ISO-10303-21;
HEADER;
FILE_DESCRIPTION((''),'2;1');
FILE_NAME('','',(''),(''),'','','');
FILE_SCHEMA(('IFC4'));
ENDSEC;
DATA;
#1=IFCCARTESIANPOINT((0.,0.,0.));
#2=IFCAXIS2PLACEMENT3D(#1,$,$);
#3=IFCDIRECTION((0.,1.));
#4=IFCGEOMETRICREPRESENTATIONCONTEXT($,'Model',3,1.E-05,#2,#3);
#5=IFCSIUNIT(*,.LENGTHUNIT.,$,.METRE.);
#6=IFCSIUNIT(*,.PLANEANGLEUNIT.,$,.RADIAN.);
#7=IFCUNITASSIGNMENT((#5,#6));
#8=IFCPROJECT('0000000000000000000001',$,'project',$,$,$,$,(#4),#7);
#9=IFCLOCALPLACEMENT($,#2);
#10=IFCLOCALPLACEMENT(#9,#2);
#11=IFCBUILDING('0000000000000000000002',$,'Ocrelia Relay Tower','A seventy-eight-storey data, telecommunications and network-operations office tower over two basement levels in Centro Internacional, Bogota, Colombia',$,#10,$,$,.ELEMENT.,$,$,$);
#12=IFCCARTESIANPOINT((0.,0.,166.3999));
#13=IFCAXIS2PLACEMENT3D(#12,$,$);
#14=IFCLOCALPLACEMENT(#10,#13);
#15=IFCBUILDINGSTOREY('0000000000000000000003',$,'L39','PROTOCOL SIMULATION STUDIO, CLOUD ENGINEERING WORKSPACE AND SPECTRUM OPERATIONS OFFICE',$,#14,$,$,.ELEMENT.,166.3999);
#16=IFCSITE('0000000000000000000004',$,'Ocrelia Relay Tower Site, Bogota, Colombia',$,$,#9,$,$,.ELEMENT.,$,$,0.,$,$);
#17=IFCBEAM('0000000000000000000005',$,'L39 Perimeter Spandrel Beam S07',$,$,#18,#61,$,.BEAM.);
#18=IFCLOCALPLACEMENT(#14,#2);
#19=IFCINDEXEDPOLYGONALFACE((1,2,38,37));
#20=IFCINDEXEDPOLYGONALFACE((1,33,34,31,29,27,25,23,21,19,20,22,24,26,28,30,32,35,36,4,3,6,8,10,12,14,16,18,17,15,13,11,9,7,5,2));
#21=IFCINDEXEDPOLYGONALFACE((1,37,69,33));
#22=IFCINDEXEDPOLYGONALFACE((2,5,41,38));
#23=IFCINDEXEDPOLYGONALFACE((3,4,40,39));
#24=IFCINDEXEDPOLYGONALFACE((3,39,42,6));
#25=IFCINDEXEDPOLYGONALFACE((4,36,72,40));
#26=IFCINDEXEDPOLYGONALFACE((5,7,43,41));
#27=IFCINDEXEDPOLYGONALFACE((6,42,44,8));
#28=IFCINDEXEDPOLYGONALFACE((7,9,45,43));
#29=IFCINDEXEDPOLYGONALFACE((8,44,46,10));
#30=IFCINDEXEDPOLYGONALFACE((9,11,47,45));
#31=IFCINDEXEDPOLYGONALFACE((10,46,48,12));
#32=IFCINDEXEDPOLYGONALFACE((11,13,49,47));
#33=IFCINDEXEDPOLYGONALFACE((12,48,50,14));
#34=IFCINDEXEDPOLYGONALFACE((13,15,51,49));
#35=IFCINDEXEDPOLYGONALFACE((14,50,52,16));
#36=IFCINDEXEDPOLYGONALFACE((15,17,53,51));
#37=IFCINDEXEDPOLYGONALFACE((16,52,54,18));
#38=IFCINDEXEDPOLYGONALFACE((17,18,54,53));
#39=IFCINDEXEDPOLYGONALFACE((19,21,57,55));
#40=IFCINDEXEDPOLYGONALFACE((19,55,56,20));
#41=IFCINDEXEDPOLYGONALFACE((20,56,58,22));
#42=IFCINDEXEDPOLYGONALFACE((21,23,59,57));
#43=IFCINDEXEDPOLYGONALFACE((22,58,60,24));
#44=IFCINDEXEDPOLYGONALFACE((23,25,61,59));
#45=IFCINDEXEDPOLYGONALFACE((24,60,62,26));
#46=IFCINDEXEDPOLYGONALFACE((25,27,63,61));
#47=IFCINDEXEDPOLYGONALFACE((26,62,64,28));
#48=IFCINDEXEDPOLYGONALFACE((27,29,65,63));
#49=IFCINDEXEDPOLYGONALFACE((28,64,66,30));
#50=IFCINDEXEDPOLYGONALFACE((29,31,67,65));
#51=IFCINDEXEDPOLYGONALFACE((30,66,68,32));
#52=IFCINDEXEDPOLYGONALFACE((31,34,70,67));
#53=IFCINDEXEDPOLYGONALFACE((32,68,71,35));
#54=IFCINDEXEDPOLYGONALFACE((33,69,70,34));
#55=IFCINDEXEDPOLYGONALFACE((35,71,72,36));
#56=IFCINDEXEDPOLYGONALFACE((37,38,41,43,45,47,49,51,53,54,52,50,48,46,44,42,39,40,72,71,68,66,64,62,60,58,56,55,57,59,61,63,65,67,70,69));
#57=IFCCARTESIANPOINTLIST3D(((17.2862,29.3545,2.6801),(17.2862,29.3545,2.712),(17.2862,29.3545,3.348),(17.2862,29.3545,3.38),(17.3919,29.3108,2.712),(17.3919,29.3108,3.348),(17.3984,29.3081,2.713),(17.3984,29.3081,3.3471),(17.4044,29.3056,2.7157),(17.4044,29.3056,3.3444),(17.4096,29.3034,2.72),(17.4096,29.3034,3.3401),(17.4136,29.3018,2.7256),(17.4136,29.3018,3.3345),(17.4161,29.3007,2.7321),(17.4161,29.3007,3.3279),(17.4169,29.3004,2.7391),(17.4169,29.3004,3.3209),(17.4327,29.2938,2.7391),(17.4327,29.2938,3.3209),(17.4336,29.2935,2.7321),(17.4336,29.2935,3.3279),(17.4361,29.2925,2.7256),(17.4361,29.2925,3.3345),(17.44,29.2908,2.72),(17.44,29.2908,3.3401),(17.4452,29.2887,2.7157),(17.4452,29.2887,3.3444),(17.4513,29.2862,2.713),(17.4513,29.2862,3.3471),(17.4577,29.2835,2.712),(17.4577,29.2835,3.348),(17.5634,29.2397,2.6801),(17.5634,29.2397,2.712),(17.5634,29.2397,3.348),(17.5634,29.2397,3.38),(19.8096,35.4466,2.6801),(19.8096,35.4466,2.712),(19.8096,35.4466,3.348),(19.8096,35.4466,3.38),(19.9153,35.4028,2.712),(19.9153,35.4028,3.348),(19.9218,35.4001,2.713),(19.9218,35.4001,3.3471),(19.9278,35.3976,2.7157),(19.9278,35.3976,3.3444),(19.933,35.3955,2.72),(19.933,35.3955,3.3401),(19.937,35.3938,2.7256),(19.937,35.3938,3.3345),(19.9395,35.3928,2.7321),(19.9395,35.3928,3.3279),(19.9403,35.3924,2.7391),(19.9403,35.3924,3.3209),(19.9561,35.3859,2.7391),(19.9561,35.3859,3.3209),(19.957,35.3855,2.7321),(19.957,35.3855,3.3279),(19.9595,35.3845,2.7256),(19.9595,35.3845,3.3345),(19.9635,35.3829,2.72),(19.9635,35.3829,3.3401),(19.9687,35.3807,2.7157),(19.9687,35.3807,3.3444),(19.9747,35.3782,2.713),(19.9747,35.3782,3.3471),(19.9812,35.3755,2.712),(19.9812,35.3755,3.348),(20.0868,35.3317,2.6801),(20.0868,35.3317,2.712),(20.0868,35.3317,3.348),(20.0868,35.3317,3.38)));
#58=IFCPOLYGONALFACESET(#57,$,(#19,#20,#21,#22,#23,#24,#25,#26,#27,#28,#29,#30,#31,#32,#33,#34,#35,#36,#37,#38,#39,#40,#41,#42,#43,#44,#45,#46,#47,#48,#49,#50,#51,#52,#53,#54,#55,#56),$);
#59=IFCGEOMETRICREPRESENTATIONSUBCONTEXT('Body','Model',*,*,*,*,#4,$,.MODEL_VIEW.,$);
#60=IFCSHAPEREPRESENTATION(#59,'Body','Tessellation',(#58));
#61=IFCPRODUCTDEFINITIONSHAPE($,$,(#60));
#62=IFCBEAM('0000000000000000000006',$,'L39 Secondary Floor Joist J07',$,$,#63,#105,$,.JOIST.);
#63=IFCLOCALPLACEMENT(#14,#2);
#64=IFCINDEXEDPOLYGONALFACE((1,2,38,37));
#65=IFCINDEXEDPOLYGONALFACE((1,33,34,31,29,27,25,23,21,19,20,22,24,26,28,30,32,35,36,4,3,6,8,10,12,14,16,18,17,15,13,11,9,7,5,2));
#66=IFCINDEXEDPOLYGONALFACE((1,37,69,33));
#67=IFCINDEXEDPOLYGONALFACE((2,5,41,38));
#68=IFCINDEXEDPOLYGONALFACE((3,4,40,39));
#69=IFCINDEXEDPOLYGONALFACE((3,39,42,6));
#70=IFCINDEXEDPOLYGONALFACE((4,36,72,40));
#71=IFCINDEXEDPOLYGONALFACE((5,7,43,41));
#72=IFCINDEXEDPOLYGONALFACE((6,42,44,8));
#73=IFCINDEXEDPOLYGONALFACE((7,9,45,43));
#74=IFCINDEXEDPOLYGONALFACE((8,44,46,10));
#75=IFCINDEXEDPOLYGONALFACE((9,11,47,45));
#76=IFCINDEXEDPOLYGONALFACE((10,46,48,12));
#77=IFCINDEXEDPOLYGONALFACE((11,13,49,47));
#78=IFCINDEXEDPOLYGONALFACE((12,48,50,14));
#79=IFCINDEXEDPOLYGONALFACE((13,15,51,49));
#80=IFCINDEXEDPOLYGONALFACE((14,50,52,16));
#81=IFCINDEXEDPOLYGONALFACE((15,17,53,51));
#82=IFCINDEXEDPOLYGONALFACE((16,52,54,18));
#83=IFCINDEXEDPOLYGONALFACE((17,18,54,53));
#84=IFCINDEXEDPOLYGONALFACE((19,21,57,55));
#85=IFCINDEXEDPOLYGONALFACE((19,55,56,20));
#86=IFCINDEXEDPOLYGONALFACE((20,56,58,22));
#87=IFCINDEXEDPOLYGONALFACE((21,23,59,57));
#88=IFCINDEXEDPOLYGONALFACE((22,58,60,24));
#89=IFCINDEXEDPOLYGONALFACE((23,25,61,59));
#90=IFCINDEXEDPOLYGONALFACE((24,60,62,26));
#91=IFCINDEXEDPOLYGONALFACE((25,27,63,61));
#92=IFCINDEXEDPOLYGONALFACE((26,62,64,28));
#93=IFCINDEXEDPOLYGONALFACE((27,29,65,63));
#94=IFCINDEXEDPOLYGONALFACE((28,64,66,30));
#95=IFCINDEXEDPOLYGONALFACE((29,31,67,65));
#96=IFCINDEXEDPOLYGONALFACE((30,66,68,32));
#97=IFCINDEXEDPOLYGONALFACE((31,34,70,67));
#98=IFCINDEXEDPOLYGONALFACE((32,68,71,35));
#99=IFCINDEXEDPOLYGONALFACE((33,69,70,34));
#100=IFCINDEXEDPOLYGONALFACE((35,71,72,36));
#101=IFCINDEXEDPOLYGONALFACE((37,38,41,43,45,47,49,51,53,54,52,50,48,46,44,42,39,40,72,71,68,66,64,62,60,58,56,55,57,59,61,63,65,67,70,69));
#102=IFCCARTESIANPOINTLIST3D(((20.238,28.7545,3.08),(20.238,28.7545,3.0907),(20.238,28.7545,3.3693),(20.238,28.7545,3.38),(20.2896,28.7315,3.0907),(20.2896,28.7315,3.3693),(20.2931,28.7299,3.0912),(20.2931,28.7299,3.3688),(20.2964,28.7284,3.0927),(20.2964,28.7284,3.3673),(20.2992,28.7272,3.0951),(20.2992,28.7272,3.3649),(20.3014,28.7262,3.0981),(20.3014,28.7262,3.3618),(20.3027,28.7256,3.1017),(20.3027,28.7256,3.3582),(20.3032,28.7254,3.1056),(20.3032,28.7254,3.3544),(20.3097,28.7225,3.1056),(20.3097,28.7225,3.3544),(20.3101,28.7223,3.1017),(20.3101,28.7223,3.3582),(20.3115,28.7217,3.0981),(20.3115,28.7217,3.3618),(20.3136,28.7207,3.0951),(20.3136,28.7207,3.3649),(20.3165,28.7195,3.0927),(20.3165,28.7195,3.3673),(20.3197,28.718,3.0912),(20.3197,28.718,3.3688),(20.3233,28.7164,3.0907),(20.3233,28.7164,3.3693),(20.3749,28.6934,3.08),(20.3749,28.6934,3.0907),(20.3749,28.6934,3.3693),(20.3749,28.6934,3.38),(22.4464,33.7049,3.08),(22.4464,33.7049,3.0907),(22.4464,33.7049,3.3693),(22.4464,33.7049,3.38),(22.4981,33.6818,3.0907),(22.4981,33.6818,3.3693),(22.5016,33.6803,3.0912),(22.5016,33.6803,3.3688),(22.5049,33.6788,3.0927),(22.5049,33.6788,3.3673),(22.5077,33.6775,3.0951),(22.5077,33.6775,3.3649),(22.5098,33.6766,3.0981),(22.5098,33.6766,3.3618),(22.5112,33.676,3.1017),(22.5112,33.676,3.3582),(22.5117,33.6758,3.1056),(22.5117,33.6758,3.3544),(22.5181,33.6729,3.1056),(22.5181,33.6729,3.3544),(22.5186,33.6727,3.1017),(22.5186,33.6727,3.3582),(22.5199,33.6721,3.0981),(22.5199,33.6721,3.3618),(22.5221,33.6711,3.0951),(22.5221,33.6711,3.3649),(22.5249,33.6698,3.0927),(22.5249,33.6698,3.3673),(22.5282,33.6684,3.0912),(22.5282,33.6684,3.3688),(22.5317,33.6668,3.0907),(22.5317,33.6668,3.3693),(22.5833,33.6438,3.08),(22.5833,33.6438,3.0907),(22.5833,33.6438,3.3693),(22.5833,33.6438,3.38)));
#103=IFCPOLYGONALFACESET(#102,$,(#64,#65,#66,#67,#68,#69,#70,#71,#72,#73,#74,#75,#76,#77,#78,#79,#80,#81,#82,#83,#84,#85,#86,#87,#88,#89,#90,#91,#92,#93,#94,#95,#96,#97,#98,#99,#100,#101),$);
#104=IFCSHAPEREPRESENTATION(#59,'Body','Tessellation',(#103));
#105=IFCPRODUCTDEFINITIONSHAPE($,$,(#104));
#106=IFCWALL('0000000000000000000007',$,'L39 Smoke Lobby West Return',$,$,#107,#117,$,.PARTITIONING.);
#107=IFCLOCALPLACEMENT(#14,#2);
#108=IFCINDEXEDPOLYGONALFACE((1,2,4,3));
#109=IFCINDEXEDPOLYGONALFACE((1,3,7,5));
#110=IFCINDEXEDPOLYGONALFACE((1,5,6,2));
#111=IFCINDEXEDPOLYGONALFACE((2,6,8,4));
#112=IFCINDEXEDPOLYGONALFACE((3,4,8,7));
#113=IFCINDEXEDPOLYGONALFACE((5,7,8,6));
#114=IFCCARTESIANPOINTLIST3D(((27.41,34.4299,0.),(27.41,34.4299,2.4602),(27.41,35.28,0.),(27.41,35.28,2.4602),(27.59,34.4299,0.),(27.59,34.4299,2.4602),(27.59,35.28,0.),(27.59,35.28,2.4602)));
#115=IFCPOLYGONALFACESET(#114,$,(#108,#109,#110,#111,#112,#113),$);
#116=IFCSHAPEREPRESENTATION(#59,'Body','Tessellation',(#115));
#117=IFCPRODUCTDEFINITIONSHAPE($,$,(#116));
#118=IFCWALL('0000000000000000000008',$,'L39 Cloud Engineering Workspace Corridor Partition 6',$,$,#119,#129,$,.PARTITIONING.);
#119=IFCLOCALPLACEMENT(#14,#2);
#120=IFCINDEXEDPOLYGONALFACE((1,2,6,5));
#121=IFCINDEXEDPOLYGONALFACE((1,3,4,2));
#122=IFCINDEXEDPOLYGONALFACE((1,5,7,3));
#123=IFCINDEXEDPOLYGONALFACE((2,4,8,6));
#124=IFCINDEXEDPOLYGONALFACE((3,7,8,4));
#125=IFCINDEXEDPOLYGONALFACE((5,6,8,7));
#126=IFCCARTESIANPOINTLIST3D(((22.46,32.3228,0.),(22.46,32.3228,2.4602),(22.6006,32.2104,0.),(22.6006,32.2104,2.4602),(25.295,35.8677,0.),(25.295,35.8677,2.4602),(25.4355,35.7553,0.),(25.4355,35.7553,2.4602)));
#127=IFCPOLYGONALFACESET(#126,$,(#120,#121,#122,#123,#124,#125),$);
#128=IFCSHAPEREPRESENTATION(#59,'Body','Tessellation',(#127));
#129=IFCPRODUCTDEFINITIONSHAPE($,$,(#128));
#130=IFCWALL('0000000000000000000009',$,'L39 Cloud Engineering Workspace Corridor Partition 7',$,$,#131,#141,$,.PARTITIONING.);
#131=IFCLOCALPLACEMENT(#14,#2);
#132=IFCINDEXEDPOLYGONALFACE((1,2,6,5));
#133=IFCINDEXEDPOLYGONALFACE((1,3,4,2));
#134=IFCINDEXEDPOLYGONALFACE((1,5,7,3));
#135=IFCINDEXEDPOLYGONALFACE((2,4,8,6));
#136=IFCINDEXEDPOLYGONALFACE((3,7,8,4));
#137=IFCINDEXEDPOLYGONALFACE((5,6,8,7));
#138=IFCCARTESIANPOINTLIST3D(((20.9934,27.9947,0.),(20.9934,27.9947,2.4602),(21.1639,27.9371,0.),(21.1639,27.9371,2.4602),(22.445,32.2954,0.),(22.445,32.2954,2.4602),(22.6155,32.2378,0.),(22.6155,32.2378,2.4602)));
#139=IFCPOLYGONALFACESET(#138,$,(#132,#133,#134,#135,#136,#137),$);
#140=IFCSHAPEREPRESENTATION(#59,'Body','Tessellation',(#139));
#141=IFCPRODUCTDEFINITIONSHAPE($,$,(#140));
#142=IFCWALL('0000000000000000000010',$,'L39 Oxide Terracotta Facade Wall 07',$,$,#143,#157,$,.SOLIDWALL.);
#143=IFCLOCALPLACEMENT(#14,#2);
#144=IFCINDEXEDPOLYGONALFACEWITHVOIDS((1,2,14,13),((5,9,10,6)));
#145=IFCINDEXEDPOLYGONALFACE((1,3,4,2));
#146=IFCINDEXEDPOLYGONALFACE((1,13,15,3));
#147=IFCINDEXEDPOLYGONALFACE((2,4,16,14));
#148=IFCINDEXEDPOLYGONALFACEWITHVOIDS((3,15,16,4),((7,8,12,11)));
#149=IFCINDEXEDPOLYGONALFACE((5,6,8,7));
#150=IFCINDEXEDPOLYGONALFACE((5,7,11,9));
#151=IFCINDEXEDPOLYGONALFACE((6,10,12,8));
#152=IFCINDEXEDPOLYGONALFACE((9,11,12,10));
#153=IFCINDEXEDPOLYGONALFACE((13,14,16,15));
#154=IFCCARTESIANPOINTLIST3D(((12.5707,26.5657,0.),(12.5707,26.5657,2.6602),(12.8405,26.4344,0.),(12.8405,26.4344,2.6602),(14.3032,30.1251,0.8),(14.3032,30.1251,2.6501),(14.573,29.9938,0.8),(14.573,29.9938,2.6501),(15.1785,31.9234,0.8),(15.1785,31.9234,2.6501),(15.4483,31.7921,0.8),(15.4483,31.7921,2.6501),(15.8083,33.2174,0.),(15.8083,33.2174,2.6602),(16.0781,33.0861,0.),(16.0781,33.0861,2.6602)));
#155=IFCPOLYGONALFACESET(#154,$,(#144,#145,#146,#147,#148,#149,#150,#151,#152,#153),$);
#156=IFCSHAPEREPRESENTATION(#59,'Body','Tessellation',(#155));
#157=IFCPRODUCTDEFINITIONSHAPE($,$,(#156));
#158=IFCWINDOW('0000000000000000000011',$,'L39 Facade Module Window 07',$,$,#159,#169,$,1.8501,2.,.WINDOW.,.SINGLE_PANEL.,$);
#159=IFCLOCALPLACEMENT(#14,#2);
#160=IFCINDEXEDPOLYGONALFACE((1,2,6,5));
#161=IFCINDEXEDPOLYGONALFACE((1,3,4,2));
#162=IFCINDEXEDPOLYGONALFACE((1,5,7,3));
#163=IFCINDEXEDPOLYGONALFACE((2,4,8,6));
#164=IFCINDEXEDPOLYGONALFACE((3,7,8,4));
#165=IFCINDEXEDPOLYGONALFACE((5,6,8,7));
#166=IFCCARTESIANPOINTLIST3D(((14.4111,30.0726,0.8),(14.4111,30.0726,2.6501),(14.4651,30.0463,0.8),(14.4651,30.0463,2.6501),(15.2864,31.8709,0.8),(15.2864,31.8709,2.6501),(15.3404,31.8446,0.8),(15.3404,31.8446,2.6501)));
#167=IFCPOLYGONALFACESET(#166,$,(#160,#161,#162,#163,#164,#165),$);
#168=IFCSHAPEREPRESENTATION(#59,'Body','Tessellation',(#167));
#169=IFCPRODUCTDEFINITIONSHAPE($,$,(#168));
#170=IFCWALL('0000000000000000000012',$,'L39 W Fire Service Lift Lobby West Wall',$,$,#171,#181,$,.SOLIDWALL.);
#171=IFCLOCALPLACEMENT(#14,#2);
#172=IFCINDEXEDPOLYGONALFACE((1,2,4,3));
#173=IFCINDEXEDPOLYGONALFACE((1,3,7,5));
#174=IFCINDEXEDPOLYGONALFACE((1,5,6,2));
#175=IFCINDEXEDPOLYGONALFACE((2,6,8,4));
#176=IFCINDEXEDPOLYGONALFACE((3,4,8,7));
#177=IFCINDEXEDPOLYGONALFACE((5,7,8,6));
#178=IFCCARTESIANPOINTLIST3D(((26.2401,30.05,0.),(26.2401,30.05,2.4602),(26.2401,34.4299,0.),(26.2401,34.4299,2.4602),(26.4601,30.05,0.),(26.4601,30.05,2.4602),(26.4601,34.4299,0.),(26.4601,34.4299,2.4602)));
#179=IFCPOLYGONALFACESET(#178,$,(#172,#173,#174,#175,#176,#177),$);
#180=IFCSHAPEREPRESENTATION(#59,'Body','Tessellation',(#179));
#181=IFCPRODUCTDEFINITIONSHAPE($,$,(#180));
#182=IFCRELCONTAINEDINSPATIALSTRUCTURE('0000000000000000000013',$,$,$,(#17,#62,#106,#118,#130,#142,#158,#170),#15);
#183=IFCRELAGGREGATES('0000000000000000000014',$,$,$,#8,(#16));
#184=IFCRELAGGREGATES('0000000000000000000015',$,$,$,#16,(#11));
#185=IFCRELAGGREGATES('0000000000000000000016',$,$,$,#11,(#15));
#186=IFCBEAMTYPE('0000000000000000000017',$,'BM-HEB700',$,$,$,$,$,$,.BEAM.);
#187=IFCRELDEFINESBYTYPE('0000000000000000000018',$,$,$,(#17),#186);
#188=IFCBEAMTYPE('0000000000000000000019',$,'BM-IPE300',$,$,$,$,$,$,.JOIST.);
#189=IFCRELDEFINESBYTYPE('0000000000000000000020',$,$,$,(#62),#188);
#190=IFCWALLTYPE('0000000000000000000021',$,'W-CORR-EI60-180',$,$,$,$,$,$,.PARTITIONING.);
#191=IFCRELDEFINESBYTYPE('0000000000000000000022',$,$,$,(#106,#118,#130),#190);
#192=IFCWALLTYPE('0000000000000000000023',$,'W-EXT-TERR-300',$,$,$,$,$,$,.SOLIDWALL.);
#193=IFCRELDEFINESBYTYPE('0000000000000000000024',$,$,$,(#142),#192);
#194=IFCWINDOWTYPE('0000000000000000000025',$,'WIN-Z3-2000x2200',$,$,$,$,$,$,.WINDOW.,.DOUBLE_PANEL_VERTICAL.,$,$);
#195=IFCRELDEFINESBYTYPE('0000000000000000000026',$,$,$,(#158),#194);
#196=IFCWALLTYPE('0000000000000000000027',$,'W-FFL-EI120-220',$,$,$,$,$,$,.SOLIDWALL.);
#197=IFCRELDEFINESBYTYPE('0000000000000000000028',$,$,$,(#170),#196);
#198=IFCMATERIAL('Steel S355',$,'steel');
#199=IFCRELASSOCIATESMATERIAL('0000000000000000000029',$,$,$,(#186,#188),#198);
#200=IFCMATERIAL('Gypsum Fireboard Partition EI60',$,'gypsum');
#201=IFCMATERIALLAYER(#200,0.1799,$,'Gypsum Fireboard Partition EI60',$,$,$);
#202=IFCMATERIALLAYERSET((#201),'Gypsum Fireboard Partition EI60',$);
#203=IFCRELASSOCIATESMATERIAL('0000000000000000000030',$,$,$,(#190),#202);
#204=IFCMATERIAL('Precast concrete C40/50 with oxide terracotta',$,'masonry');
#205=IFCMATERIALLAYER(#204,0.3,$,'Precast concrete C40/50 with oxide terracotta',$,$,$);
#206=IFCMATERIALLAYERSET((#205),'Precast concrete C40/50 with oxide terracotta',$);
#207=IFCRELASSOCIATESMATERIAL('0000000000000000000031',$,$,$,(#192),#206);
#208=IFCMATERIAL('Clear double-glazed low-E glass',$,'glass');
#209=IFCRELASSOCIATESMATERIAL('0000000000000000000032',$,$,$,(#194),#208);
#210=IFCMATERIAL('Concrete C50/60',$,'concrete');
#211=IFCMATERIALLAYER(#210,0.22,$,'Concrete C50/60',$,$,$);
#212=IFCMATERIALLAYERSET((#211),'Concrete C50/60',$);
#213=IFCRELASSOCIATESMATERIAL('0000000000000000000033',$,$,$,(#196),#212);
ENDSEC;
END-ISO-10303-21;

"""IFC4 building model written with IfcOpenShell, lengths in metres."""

from ifc_helpers import new_model, si_unit, direction, frame, frame_2d, origin, origin_2d, place, context, subcontext, project, spatial, rectangle, i_section, extrude, material, layer, layer_set, material_profile, profile_set, type_object, element, fill, save


model = new_model("IFC4")

# Units and contexts
model_context = context("Model", 3, precision=1e-05, world=origin(), true_north=direction((0.0, 1.0)))
body_context = subcontext(model_context, "Body", "Model", "MODEL_VIEW")
ifc_project = project(units=[si_unit("LENGTHUNIT", "METRE"), si_unit("PLANEANGLEUNIT", "RADIAN")], contexts=[model_context])

# Site, building, storey
site_placement = place(None, origin())
site = spatial("IfcSite", under=ifc_project, at=site_placement, Name="Ocrelia Relay Tower Site, Bogota, Colombia", CompositionType="ELEMENT", RefElevation=0.0)
building_placement = place(site_placement, origin())
building = spatial("IfcBuilding", under=site, at=building_placement, Name="Ocrelia Relay Tower", Description="A seventy-eight-storey data, telecommunications and network-operations office tower over two basement levels in Centro Internacional, Bogota, Colombia", CompositionType="ELEMENT")
storey_placement = place(building_placement, frame((0.0, 0.0, 166.3999)))
storey = spatial("IfcBuildingStorey", under=building, at=storey_placement, Name="L39", Description="PROTOCOL SIMULATION STUDIO, CLOUD ENGINEERING WORKSPACE AND SPECTRUM OPERATIONS OFFICE", CompositionType="ELEMENT", Elevation=166.3999)

# Beams
ifc_material_1 = material(Name="Steel S355", Category="steel")
ifc_material_profile_1 = material_profile(ifc_material_1, i_section(OverallWidth=0.3, OverallDepth=0.7, WebThickness=0.0171, FlangeThickness=0.032, FilletRadius=0.0271, at=origin_2d()), Name="HEB 700")
ifc_profile_set_1 = profile_set([ifc_material_profile_1], Name="Steel S355")
beam_type_1 = type_object("IfcBeamType", Name="BM-HEB700", PredefinedType="BEAM", material=ifc_profile_set_1)
beam_1_placement = place(storey_placement, frame((19.9482, 35.3892, 3.03), z_axis=(-0.382688, -0.923878, 0.0), x_axis=(0.923878, -0.382688, 0.0)))
element("IfcBeam", 1, at=beam_1_placement, inside=storey, type_object=beam_type_1, Name="L39 Perimeter Spandrel Beam S07", PredefinedType="BEAM", context=body_context, shape_type="SweptSolid", body=[
    extrude(i_section(OverallWidth=0.3, OverallDepth=0.7, WebThickness=0.0171, FlangeThickness=0.032, FilletRadius=0.0271, at=origin_2d()), origin(), (0.0, 0.0, 1.0), 6.594),
])
ifc_material_profile_2 = material_profile(ifc_material_1, i_section(OverallWidth=0.1499, OverallDepth=0.3, WebThickness=0.0071, FlangeThickness=0.0107, FilletRadius=0.0149, at=origin_2d()), Name="IPE 300")
ifc_profile_set_2 = profile_set([ifc_material_profile_2], Name="Steel S355")
beam_type_2 = type_object("IfcBeamType", Name="BM-IPE300", PredefinedType="JOIST", material=ifc_profile_set_2)
beam_2_placement = place(storey_placement, frame((22.5149, 33.6743, 3.23), z_axis=(-0.407417, -0.913242, 0.0), x_axis=(0.913242, -0.407417, 0.0)))
element("IfcBeam", 2, at=beam_2_placement, inside=storey, type_object=beam_type_2, Name="L39 Secondary Floor Joist J07", PredefinedType="JOIST", context=body_context, shape_type="SweptSolid", body=[
    extrude(i_section(OverallWidth=0.1499, OverallDepth=0.3, WebThickness=0.0071, FlangeThickness=0.0107, FilletRadius=0.0149, at=origin_2d()), origin(), (0.0, 0.0, 1.0), 5.4207),
])

# Wall
ifc_material_2 = material(Name="Gypsum Fireboard Partition EI60", Category="gypsum")
ifc_layer_1 = layer(ifc_material_2, 0.1799, Name="Gypsum Fireboard Partition EI60")
ifc_layer_set_1 = layer_set([ifc_layer_1], Name="Gypsum Fireboard Partition EI60")
wall_type_1 = type_object("IfcWallType", Name="W-CORR-EI60-180", PredefinedType="PARTITIONING", material=ifc_layer_set_1)
wall_1_placement = place(storey_placement, frame((27.5, 34.4299, 0.0), z_axis=(0.0, 0.0, 1.0), x_axis=(0.0, 1.0, 0.0)))
element("IfcWall", 3, at=wall_1_placement, inside=storey, type_object=wall_type_1, Name="L39 Smoke Lobby West Return", PredefinedType="PARTITIONING", context=body_context, shape_type="SweptSolid", body=[
    extrude(rectangle(XDim=0.8501, YDim=0.1799, at=frame_2d((0.425, 0.0))), origin(), (0.0, 0.0, 1.0), 2.4602),
])

# Walls
for number, where, z_axis, x_axis, name in (
    (4, (25.3652, 35.8115, 0.0), (0.0, 0.0, 1.0), (-0.624564, -0.780974, 0.0), "L39 Cloud Engineering Workspace Corridor Partition 6"),
    (5, (22.5303, 32.2666, 0.0), (0.0, 0.0, 1.0), (-0.319808, -0.947483, 0.0), "L39 Cloud Engineering Workspace Corridor Partition 7"),
):
    element("IfcWall", number, at=place(storey_placement, frame(where, z_axis=z_axis, x_axis=x_axis)), inside=storey, type_object=wall_type_1, Name=name, PredefinedType="PARTITIONING", context=body_context, shape_type="SweptSolid", body=[
        extrude(rectangle(XDim=4.5391, YDim=0.1799, at=frame_2d((2.2695, 0.0))), origin(), (0.0, 0.0, 1.0), 2.4602),
    ])

# Wall, opening, window
ifc_material_3 = material(Name="Precast concrete C40/50 with oxide terracotta", Category="masonry")
ifc_layer_2 = layer(ifc_material_3, 0.3, Name="Precast concrete C40/50 with oxide terracotta")
ifc_layer_set_2 = layer_set([ifc_layer_2], Name="Precast concrete C40/50 with oxide terracotta")
wall_type_2 = type_object("IfcWallType", Name="W-EXT-TERR-300", PredefinedType="SOLIDWALL", material=ifc_layer_set_2)
wall_2_placement = place(storey_placement, frame((15.9431, 33.1516, 0.0), z_axis=(0.0, 0.0, 1.0), x_axis=(-0.437644, -0.899148, 0.0)))
wall_2 = element("IfcWall", 6, at=wall_2_placement, inside=storey, type_object=wall_type_2, Name="L39 Oxide Terracotta Facade Wall 07", PredefinedType="SOLIDWALL", context=body_context, shape_type="SweptSolid", body=[
    extrude(rectangle(XDim=7.3977, YDim=0.3, at=frame_2d((3.6987, 0.0))), origin(), (0.0, 0.0, 1.0), 2.6602),
])
opening_1_placement = place(wall_2_placement, frame((1.439, 0.0, 0.8)))
opening_1 = element("IfcOpeningElement", 7, at=opening_1_placement, cuts=wall_2, PredefinedType="OPENING", context=body_context, shape_type="SweptSolid", body=[
    extrude(rectangle(XDim=2.0, YDim=1.8501, at=frame_2d((1.0, 0.925))), frame((0.0, 0.1602, 0.0), z_axis=(0.0, -1.0, 0.0), x_axis=(1.0, 0.0, 0.0)), (0.0, 0.0, 1.0), 0.3201),
])
ifc_material_4 = material(Name="Clear double-glazed low-E glass", Category="glass")
window_type = type_object("IfcWindowType", Name="WIN-Z3-2000x2200", PartitioningType="DOUBLE_PANEL_VERTICAL", PredefinedType="WINDOW", material=ifc_material_4)
window_placement = place(opening_1_placement, origin())
window = element("IfcWindow", 8, at=window_placement, inside=storey, type_object=window_type, Name="L39 Facade Module Window 07", OverallHeight=1.8501, OverallWidth=2.0, PartitioningType="SINGLE_PANEL", PredefinedType="WINDOW", context=body_context, shape_type="SweptSolid", body=[
    extrude(rectangle(XDim=2.0, YDim=1.8501, at=frame_2d((1.0, 0.925))), frame((0.0, 0.03, 0.0), z_axis=(0.0, -1.0, 0.0), x_axis=(1.0, 0.0, 0.0)), (0.0, 0.0, 1.0), 0.0601),
])
fill(opening_1, window)

# Wall
ifc_material_5 = material(Name="Concrete C50/60", Category="concrete")
ifc_layer_3 = layer(ifc_material_5, 0.22, Name="Concrete C50/60")
ifc_layer_set_3 = layer_set([ifc_layer_3], Name="Concrete C50/60")
wall_type_3 = type_object("IfcWallType", Name="W-FFL-EI120-220", PredefinedType="SOLIDWALL", material=ifc_layer_set_3)
wall_3_placement = place(storey_placement, frame((26.3501, 30.05, 0.0), z_axis=(0.0, 0.0, 1.0), x_axis=(0.0, 1.0, 0.0)))
element("IfcWall", 9, at=wall_3_placement, inside=storey, type_object=wall_type_3, Name="L39 W Fire Service Lift Lobby West Wall", PredefinedType="SOLIDWALL", context=body_context, shape_type="SweptSolid", body=[
    extrude(rectangle(XDim=4.3799, YDim=0.22, at=frame_2d((2.1899, 0.0))), origin(), (0.0, 0.0, 1.0), 2.4602),
])

save(model, "model.ifc")
